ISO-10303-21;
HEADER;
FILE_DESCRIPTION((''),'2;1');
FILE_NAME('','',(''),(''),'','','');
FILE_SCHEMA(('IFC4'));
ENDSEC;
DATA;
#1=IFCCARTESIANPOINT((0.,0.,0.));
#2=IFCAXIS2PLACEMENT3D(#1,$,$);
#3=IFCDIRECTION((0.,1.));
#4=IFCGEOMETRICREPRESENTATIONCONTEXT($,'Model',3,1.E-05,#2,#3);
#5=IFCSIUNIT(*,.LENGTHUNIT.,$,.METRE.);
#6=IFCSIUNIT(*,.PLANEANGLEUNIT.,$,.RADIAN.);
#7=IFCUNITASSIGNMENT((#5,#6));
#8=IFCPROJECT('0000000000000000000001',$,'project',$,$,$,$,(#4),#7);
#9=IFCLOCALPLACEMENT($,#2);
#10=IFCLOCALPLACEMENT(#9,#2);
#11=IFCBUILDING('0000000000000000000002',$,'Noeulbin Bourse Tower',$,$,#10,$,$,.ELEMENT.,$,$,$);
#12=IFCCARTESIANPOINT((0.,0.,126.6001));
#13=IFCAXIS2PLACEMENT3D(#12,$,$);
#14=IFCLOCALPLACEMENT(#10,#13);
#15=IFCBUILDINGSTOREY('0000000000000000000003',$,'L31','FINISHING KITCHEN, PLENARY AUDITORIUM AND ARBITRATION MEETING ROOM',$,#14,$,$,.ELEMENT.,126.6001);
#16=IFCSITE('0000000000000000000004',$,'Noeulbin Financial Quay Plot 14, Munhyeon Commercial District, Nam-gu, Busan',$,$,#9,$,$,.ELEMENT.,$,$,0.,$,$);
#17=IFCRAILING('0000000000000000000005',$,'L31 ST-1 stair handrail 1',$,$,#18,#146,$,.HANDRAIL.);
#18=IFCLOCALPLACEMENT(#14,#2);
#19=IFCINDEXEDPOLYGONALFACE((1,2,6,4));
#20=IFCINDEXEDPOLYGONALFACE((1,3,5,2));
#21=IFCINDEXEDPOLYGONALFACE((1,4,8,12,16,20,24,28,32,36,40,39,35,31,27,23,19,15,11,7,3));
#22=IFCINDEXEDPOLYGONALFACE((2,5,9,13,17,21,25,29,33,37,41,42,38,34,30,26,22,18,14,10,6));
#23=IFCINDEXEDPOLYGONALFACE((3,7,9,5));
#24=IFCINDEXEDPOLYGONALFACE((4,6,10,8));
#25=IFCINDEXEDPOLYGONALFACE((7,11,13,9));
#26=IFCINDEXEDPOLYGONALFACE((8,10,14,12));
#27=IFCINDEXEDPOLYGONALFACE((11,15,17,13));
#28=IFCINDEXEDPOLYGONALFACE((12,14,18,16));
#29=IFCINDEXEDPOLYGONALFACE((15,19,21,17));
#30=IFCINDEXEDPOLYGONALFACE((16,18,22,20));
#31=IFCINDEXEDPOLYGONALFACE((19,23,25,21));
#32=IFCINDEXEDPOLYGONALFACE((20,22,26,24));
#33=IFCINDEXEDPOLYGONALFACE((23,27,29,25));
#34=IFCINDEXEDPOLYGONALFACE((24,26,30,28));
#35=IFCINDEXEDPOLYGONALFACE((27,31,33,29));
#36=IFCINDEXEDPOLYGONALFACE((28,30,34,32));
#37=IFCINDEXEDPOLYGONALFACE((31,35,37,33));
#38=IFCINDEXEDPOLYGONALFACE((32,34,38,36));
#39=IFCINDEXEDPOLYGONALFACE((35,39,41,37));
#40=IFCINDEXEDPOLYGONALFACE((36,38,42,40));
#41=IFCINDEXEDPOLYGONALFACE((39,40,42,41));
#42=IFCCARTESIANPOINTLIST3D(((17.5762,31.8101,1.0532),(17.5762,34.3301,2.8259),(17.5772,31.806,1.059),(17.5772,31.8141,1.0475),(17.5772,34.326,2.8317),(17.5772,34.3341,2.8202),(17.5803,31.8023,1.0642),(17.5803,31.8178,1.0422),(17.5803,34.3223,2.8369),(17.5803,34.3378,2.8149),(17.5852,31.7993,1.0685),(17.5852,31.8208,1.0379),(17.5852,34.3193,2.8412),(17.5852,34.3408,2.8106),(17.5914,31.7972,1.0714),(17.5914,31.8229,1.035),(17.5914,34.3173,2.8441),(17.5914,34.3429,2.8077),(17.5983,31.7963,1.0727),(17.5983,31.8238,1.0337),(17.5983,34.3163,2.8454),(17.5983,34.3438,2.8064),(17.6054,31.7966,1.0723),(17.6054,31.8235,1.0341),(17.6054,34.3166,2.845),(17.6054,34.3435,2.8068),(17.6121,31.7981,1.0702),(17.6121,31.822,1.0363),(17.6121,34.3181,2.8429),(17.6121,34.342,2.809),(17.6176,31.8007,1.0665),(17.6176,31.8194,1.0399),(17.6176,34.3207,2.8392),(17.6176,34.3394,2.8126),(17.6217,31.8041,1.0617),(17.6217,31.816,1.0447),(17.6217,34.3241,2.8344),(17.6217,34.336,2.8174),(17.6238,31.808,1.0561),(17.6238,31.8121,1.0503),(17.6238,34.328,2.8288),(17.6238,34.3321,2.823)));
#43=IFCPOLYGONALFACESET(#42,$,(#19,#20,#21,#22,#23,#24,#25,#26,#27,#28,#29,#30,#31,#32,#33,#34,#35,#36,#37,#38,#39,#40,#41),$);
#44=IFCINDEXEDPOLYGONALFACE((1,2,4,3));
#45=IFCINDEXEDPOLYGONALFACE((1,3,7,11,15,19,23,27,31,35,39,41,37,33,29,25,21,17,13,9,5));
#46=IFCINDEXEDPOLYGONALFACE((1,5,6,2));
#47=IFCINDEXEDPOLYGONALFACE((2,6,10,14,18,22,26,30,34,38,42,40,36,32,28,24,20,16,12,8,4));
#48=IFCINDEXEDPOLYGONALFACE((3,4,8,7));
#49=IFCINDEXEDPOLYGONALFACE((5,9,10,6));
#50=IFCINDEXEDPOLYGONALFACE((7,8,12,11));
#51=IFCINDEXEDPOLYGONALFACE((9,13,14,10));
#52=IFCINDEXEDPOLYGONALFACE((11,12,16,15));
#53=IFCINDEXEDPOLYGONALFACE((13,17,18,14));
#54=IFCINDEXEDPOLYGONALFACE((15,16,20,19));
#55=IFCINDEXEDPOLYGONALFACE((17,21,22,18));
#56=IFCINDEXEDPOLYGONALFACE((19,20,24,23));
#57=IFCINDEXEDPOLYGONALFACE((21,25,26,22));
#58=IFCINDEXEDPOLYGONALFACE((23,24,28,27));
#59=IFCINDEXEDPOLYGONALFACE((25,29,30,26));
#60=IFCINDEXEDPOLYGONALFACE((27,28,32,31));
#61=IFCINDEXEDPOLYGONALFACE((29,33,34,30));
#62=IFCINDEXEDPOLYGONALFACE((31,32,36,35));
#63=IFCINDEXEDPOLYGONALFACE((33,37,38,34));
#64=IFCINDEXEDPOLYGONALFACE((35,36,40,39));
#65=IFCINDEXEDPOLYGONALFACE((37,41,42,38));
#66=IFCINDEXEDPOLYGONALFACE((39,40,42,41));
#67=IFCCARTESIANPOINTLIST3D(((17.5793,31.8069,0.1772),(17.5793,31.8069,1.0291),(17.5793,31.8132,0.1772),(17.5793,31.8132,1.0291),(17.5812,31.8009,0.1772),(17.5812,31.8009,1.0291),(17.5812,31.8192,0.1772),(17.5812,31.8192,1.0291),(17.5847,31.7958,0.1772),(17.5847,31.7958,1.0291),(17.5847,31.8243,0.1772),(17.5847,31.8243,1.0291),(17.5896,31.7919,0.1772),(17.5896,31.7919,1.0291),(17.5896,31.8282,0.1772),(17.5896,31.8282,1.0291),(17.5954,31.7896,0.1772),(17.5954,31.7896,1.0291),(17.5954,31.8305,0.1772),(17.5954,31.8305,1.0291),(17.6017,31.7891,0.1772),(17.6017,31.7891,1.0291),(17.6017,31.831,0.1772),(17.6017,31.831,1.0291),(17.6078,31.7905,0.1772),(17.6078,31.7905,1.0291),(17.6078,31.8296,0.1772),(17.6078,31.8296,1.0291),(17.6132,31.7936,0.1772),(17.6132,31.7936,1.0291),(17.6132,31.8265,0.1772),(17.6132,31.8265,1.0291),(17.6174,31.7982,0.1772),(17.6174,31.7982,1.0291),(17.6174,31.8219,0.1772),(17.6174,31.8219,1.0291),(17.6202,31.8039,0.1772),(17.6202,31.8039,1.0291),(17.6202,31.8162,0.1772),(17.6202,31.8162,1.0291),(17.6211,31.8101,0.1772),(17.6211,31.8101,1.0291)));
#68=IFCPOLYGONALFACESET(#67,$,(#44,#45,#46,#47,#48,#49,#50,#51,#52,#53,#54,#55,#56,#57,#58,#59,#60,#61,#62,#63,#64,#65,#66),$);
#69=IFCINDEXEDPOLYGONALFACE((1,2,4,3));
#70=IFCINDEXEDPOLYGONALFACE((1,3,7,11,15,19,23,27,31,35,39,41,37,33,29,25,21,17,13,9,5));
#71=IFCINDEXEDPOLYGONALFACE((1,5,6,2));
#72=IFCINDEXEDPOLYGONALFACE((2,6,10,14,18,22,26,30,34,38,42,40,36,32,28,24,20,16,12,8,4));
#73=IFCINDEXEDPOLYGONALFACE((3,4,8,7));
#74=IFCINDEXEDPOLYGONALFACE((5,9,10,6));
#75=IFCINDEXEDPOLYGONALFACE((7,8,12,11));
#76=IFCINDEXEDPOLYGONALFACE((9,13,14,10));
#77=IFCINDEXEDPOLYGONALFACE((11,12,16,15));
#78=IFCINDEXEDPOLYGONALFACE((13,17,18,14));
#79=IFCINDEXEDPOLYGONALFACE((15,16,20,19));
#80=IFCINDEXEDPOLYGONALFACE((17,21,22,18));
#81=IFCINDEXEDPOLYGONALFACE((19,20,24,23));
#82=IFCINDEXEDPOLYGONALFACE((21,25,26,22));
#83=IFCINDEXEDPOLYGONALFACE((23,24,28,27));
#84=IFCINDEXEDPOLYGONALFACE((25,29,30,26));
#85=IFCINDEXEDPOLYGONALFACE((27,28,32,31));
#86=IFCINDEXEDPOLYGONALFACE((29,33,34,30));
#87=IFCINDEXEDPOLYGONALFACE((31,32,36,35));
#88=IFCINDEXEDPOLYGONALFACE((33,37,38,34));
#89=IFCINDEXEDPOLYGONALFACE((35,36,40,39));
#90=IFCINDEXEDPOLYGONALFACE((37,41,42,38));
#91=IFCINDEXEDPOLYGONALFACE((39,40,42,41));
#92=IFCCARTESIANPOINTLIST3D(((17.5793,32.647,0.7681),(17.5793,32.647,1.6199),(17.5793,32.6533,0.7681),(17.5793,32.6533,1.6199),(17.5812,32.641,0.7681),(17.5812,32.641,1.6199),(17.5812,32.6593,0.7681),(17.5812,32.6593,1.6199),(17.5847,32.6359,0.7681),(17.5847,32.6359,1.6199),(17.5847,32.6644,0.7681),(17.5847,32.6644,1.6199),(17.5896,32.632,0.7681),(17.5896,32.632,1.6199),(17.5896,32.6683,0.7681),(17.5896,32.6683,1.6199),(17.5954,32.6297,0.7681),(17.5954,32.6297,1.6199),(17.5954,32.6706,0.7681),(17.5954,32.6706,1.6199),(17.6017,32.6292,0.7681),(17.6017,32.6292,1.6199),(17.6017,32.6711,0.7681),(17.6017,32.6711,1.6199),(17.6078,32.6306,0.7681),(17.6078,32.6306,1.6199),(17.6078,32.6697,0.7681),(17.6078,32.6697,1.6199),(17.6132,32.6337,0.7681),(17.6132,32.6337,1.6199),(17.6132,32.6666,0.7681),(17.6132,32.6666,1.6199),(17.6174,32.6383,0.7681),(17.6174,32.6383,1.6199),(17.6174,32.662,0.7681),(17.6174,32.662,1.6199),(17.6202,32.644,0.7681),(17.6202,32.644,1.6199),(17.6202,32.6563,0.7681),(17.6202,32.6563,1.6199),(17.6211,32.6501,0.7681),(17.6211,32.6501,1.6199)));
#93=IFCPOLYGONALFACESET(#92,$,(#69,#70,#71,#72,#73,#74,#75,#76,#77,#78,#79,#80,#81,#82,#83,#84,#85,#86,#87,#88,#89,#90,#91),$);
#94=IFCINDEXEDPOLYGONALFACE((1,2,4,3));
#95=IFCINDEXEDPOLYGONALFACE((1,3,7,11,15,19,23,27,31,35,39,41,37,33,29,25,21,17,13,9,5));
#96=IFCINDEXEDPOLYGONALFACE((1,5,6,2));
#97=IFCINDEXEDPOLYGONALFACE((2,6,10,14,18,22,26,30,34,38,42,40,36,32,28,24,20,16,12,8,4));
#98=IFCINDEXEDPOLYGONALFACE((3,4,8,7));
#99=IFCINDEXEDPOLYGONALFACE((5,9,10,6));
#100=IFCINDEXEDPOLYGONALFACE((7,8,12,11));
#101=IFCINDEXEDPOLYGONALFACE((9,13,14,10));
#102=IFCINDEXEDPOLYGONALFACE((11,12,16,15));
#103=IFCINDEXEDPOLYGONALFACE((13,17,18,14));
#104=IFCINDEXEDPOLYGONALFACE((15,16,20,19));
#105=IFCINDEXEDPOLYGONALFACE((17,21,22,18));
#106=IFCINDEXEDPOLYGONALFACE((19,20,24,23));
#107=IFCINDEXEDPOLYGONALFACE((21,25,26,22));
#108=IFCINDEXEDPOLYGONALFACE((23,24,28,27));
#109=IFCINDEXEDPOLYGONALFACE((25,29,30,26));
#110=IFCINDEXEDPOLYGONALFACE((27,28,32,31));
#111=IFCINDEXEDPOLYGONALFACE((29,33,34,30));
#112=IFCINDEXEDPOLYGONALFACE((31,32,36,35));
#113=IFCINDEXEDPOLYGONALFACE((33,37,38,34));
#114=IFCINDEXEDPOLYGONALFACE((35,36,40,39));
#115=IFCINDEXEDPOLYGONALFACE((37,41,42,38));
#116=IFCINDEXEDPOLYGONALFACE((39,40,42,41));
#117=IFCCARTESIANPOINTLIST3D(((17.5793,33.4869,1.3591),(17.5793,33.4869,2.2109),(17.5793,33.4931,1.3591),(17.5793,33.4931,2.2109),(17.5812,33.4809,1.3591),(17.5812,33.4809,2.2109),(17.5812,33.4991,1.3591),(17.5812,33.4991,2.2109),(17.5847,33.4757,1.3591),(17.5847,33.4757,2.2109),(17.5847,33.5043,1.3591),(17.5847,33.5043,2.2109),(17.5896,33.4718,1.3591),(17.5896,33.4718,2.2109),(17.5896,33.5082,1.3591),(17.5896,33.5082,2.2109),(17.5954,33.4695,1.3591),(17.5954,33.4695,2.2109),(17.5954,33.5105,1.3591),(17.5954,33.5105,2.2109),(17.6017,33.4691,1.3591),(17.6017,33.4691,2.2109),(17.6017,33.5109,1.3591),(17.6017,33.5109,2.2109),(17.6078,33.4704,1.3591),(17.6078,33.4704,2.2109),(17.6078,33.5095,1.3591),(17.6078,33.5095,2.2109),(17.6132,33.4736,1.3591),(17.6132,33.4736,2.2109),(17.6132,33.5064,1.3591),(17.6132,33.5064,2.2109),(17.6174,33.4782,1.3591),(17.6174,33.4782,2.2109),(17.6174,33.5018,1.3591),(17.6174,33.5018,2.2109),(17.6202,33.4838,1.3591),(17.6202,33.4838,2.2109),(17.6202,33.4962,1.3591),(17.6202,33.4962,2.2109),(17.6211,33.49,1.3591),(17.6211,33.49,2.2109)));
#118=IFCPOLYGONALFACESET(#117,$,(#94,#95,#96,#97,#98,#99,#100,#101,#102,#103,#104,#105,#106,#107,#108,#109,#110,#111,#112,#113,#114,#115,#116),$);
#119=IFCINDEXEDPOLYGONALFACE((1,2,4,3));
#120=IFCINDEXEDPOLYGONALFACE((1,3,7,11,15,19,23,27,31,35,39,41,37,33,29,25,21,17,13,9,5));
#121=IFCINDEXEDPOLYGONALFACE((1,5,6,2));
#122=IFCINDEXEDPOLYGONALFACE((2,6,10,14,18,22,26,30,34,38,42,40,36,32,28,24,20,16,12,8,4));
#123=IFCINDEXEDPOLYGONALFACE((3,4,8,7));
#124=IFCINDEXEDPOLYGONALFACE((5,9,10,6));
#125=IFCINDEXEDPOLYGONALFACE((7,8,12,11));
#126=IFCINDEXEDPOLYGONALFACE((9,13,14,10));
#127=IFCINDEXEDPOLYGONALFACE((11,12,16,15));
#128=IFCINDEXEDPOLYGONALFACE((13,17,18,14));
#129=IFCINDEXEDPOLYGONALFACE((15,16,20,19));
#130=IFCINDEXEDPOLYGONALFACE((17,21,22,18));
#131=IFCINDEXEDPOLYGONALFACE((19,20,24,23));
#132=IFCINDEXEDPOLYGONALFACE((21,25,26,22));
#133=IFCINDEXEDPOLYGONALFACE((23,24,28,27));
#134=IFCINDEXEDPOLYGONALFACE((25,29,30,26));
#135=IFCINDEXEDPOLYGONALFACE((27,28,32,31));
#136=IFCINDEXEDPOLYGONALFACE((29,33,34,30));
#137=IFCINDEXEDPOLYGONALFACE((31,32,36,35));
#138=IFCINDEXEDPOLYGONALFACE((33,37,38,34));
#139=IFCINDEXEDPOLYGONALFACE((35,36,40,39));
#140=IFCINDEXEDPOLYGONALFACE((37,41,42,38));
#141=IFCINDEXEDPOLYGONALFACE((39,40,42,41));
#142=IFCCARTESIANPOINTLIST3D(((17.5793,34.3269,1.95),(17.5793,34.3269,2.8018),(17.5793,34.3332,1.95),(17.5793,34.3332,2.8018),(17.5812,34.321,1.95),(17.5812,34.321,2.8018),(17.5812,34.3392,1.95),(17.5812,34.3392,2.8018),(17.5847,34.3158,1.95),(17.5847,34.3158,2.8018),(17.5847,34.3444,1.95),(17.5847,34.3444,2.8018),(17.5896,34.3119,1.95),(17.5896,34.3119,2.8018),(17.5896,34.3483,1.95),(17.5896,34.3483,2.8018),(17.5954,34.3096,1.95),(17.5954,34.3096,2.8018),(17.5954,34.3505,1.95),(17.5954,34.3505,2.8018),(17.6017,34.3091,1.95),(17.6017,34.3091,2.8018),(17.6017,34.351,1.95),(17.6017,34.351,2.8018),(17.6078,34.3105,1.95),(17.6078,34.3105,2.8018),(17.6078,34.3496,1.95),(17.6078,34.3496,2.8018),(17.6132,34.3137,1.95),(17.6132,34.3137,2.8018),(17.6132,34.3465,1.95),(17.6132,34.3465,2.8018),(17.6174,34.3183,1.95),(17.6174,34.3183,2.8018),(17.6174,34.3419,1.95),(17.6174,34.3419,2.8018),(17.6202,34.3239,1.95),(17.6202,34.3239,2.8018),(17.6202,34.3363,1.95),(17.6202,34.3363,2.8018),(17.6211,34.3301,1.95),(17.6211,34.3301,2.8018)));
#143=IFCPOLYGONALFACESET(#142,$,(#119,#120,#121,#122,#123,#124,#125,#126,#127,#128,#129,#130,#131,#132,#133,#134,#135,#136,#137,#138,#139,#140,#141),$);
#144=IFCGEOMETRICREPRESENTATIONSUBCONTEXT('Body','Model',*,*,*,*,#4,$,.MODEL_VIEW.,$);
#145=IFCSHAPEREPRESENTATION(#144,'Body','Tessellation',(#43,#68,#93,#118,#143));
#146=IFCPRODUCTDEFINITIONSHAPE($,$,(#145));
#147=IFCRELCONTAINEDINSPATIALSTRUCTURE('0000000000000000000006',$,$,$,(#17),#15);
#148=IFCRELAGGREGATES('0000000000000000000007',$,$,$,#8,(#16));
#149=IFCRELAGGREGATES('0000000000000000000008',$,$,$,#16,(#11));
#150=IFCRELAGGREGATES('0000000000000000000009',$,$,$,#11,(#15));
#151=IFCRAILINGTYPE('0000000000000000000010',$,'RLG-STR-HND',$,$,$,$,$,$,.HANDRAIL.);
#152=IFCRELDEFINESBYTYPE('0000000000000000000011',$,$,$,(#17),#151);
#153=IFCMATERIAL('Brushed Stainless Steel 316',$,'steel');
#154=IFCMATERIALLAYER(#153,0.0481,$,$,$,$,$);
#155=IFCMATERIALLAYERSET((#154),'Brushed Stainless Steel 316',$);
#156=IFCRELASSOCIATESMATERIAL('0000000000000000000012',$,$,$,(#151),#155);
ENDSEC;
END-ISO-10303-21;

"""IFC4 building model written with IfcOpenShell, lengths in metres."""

from ifc_helpers import new_model, si_unit, direction, frame, origin, origin_2d, place, context, subcontext, project, spatial, circle, extrude, material, layer, layer_set, type_object, element, save


model = new_model("IFC4")

# Units and contexts
model_context = context("Model", 3, precision=1e-05, world=origin(), true_north=direction((0.0, 1.0)))
body_context = subcontext(model_context, "Body", "Model", "MODEL_VIEW")
ifc_project = project(units=[si_unit("LENGTHUNIT", "METRE"), si_unit("PLANEANGLEUNIT", "RADIAN")], contexts=[model_context])

# Site, building, storey
site_placement = place(None, origin())
site = spatial("IfcSite", under=ifc_project, at=site_placement, Name="Noeulbin Financial Quay Plot 14, Munhyeon Commercial District, Nam-gu, Busan", CompositionType="ELEMENT", RefElevation=0.0)
building_placement = place(site_placement, origin())
building = spatial("IfcBuilding", under=site, at=building_placement, Name="Noeulbin Bourse Tower", CompositionType="ELEMENT")
storey_placement = place(building_placement, frame((0.0, 0.0, 126.6001)))
storey = spatial("IfcBuildingStorey", under=building, at=storey_placement, Name="L31", Description="FINISHING KITCHEN, PLENARY AUDITORIUM AND ARBITRATION MEETING ROOM", CompositionType="ELEMENT", Elevation=126.6001)

# Railing
ifc_material_1 = material(Name="Brushed Stainless Steel 316", Category="steel")
ifc_layer_1 = layer(ifc_material_1, 0.0481)
ifc_layer_set_1 = layer_set([ifc_layer_1], Name="Brushed Stainless Steel 316")
railing_type_1 = type_object("IfcRailingType", Name="RLG-STR-HND", PredefinedType="HANDRAIL", material=ifc_layer_set_1)
railing_1_placement = place(storey_placement, frame((17.6001, 31.8101, 0.1772)))
element("IfcRailing", 1, at=railing_1_placement, inside=storey, type_object=railing_type_1, Name="L31 ST-1 stair handrail 1", PredefinedType="HANDRAIL", context=body_context, shape_type="SweptSolid", body=[
    extrude(circle(Radius=0.0239, at=origin_2d()), frame((0.0, 0.0, 0.876), z_axis=(0.0, 0.817904, 0.575354), x_axis=(-1.0, 0.0, 0.0)), (0.0, 0.0, 1.0), 3.0811),
    extrude(circle(Radius=0.021, at=origin_2d()), origin(), (0.0, 0.0, 1.0), 0.8518),
    extrude(circle(Radius=0.021, at=origin_2d()), frame((0.0, 0.8401, 0.5908)), (0.0, 0.0, 1.0), 0.8518),
    extrude(circle(Radius=0.021, at=origin_2d()), frame((0.0, 1.6799, 1.1819)), (0.0, 0.0, 1.0), 0.8518),
    extrude(circle(Radius=0.021, at=origin_2d()), frame((0.0, 2.52, 1.7727)), (0.0, 0.0, 1.0), 0.8518),
])

save(model, "model.ifc")
